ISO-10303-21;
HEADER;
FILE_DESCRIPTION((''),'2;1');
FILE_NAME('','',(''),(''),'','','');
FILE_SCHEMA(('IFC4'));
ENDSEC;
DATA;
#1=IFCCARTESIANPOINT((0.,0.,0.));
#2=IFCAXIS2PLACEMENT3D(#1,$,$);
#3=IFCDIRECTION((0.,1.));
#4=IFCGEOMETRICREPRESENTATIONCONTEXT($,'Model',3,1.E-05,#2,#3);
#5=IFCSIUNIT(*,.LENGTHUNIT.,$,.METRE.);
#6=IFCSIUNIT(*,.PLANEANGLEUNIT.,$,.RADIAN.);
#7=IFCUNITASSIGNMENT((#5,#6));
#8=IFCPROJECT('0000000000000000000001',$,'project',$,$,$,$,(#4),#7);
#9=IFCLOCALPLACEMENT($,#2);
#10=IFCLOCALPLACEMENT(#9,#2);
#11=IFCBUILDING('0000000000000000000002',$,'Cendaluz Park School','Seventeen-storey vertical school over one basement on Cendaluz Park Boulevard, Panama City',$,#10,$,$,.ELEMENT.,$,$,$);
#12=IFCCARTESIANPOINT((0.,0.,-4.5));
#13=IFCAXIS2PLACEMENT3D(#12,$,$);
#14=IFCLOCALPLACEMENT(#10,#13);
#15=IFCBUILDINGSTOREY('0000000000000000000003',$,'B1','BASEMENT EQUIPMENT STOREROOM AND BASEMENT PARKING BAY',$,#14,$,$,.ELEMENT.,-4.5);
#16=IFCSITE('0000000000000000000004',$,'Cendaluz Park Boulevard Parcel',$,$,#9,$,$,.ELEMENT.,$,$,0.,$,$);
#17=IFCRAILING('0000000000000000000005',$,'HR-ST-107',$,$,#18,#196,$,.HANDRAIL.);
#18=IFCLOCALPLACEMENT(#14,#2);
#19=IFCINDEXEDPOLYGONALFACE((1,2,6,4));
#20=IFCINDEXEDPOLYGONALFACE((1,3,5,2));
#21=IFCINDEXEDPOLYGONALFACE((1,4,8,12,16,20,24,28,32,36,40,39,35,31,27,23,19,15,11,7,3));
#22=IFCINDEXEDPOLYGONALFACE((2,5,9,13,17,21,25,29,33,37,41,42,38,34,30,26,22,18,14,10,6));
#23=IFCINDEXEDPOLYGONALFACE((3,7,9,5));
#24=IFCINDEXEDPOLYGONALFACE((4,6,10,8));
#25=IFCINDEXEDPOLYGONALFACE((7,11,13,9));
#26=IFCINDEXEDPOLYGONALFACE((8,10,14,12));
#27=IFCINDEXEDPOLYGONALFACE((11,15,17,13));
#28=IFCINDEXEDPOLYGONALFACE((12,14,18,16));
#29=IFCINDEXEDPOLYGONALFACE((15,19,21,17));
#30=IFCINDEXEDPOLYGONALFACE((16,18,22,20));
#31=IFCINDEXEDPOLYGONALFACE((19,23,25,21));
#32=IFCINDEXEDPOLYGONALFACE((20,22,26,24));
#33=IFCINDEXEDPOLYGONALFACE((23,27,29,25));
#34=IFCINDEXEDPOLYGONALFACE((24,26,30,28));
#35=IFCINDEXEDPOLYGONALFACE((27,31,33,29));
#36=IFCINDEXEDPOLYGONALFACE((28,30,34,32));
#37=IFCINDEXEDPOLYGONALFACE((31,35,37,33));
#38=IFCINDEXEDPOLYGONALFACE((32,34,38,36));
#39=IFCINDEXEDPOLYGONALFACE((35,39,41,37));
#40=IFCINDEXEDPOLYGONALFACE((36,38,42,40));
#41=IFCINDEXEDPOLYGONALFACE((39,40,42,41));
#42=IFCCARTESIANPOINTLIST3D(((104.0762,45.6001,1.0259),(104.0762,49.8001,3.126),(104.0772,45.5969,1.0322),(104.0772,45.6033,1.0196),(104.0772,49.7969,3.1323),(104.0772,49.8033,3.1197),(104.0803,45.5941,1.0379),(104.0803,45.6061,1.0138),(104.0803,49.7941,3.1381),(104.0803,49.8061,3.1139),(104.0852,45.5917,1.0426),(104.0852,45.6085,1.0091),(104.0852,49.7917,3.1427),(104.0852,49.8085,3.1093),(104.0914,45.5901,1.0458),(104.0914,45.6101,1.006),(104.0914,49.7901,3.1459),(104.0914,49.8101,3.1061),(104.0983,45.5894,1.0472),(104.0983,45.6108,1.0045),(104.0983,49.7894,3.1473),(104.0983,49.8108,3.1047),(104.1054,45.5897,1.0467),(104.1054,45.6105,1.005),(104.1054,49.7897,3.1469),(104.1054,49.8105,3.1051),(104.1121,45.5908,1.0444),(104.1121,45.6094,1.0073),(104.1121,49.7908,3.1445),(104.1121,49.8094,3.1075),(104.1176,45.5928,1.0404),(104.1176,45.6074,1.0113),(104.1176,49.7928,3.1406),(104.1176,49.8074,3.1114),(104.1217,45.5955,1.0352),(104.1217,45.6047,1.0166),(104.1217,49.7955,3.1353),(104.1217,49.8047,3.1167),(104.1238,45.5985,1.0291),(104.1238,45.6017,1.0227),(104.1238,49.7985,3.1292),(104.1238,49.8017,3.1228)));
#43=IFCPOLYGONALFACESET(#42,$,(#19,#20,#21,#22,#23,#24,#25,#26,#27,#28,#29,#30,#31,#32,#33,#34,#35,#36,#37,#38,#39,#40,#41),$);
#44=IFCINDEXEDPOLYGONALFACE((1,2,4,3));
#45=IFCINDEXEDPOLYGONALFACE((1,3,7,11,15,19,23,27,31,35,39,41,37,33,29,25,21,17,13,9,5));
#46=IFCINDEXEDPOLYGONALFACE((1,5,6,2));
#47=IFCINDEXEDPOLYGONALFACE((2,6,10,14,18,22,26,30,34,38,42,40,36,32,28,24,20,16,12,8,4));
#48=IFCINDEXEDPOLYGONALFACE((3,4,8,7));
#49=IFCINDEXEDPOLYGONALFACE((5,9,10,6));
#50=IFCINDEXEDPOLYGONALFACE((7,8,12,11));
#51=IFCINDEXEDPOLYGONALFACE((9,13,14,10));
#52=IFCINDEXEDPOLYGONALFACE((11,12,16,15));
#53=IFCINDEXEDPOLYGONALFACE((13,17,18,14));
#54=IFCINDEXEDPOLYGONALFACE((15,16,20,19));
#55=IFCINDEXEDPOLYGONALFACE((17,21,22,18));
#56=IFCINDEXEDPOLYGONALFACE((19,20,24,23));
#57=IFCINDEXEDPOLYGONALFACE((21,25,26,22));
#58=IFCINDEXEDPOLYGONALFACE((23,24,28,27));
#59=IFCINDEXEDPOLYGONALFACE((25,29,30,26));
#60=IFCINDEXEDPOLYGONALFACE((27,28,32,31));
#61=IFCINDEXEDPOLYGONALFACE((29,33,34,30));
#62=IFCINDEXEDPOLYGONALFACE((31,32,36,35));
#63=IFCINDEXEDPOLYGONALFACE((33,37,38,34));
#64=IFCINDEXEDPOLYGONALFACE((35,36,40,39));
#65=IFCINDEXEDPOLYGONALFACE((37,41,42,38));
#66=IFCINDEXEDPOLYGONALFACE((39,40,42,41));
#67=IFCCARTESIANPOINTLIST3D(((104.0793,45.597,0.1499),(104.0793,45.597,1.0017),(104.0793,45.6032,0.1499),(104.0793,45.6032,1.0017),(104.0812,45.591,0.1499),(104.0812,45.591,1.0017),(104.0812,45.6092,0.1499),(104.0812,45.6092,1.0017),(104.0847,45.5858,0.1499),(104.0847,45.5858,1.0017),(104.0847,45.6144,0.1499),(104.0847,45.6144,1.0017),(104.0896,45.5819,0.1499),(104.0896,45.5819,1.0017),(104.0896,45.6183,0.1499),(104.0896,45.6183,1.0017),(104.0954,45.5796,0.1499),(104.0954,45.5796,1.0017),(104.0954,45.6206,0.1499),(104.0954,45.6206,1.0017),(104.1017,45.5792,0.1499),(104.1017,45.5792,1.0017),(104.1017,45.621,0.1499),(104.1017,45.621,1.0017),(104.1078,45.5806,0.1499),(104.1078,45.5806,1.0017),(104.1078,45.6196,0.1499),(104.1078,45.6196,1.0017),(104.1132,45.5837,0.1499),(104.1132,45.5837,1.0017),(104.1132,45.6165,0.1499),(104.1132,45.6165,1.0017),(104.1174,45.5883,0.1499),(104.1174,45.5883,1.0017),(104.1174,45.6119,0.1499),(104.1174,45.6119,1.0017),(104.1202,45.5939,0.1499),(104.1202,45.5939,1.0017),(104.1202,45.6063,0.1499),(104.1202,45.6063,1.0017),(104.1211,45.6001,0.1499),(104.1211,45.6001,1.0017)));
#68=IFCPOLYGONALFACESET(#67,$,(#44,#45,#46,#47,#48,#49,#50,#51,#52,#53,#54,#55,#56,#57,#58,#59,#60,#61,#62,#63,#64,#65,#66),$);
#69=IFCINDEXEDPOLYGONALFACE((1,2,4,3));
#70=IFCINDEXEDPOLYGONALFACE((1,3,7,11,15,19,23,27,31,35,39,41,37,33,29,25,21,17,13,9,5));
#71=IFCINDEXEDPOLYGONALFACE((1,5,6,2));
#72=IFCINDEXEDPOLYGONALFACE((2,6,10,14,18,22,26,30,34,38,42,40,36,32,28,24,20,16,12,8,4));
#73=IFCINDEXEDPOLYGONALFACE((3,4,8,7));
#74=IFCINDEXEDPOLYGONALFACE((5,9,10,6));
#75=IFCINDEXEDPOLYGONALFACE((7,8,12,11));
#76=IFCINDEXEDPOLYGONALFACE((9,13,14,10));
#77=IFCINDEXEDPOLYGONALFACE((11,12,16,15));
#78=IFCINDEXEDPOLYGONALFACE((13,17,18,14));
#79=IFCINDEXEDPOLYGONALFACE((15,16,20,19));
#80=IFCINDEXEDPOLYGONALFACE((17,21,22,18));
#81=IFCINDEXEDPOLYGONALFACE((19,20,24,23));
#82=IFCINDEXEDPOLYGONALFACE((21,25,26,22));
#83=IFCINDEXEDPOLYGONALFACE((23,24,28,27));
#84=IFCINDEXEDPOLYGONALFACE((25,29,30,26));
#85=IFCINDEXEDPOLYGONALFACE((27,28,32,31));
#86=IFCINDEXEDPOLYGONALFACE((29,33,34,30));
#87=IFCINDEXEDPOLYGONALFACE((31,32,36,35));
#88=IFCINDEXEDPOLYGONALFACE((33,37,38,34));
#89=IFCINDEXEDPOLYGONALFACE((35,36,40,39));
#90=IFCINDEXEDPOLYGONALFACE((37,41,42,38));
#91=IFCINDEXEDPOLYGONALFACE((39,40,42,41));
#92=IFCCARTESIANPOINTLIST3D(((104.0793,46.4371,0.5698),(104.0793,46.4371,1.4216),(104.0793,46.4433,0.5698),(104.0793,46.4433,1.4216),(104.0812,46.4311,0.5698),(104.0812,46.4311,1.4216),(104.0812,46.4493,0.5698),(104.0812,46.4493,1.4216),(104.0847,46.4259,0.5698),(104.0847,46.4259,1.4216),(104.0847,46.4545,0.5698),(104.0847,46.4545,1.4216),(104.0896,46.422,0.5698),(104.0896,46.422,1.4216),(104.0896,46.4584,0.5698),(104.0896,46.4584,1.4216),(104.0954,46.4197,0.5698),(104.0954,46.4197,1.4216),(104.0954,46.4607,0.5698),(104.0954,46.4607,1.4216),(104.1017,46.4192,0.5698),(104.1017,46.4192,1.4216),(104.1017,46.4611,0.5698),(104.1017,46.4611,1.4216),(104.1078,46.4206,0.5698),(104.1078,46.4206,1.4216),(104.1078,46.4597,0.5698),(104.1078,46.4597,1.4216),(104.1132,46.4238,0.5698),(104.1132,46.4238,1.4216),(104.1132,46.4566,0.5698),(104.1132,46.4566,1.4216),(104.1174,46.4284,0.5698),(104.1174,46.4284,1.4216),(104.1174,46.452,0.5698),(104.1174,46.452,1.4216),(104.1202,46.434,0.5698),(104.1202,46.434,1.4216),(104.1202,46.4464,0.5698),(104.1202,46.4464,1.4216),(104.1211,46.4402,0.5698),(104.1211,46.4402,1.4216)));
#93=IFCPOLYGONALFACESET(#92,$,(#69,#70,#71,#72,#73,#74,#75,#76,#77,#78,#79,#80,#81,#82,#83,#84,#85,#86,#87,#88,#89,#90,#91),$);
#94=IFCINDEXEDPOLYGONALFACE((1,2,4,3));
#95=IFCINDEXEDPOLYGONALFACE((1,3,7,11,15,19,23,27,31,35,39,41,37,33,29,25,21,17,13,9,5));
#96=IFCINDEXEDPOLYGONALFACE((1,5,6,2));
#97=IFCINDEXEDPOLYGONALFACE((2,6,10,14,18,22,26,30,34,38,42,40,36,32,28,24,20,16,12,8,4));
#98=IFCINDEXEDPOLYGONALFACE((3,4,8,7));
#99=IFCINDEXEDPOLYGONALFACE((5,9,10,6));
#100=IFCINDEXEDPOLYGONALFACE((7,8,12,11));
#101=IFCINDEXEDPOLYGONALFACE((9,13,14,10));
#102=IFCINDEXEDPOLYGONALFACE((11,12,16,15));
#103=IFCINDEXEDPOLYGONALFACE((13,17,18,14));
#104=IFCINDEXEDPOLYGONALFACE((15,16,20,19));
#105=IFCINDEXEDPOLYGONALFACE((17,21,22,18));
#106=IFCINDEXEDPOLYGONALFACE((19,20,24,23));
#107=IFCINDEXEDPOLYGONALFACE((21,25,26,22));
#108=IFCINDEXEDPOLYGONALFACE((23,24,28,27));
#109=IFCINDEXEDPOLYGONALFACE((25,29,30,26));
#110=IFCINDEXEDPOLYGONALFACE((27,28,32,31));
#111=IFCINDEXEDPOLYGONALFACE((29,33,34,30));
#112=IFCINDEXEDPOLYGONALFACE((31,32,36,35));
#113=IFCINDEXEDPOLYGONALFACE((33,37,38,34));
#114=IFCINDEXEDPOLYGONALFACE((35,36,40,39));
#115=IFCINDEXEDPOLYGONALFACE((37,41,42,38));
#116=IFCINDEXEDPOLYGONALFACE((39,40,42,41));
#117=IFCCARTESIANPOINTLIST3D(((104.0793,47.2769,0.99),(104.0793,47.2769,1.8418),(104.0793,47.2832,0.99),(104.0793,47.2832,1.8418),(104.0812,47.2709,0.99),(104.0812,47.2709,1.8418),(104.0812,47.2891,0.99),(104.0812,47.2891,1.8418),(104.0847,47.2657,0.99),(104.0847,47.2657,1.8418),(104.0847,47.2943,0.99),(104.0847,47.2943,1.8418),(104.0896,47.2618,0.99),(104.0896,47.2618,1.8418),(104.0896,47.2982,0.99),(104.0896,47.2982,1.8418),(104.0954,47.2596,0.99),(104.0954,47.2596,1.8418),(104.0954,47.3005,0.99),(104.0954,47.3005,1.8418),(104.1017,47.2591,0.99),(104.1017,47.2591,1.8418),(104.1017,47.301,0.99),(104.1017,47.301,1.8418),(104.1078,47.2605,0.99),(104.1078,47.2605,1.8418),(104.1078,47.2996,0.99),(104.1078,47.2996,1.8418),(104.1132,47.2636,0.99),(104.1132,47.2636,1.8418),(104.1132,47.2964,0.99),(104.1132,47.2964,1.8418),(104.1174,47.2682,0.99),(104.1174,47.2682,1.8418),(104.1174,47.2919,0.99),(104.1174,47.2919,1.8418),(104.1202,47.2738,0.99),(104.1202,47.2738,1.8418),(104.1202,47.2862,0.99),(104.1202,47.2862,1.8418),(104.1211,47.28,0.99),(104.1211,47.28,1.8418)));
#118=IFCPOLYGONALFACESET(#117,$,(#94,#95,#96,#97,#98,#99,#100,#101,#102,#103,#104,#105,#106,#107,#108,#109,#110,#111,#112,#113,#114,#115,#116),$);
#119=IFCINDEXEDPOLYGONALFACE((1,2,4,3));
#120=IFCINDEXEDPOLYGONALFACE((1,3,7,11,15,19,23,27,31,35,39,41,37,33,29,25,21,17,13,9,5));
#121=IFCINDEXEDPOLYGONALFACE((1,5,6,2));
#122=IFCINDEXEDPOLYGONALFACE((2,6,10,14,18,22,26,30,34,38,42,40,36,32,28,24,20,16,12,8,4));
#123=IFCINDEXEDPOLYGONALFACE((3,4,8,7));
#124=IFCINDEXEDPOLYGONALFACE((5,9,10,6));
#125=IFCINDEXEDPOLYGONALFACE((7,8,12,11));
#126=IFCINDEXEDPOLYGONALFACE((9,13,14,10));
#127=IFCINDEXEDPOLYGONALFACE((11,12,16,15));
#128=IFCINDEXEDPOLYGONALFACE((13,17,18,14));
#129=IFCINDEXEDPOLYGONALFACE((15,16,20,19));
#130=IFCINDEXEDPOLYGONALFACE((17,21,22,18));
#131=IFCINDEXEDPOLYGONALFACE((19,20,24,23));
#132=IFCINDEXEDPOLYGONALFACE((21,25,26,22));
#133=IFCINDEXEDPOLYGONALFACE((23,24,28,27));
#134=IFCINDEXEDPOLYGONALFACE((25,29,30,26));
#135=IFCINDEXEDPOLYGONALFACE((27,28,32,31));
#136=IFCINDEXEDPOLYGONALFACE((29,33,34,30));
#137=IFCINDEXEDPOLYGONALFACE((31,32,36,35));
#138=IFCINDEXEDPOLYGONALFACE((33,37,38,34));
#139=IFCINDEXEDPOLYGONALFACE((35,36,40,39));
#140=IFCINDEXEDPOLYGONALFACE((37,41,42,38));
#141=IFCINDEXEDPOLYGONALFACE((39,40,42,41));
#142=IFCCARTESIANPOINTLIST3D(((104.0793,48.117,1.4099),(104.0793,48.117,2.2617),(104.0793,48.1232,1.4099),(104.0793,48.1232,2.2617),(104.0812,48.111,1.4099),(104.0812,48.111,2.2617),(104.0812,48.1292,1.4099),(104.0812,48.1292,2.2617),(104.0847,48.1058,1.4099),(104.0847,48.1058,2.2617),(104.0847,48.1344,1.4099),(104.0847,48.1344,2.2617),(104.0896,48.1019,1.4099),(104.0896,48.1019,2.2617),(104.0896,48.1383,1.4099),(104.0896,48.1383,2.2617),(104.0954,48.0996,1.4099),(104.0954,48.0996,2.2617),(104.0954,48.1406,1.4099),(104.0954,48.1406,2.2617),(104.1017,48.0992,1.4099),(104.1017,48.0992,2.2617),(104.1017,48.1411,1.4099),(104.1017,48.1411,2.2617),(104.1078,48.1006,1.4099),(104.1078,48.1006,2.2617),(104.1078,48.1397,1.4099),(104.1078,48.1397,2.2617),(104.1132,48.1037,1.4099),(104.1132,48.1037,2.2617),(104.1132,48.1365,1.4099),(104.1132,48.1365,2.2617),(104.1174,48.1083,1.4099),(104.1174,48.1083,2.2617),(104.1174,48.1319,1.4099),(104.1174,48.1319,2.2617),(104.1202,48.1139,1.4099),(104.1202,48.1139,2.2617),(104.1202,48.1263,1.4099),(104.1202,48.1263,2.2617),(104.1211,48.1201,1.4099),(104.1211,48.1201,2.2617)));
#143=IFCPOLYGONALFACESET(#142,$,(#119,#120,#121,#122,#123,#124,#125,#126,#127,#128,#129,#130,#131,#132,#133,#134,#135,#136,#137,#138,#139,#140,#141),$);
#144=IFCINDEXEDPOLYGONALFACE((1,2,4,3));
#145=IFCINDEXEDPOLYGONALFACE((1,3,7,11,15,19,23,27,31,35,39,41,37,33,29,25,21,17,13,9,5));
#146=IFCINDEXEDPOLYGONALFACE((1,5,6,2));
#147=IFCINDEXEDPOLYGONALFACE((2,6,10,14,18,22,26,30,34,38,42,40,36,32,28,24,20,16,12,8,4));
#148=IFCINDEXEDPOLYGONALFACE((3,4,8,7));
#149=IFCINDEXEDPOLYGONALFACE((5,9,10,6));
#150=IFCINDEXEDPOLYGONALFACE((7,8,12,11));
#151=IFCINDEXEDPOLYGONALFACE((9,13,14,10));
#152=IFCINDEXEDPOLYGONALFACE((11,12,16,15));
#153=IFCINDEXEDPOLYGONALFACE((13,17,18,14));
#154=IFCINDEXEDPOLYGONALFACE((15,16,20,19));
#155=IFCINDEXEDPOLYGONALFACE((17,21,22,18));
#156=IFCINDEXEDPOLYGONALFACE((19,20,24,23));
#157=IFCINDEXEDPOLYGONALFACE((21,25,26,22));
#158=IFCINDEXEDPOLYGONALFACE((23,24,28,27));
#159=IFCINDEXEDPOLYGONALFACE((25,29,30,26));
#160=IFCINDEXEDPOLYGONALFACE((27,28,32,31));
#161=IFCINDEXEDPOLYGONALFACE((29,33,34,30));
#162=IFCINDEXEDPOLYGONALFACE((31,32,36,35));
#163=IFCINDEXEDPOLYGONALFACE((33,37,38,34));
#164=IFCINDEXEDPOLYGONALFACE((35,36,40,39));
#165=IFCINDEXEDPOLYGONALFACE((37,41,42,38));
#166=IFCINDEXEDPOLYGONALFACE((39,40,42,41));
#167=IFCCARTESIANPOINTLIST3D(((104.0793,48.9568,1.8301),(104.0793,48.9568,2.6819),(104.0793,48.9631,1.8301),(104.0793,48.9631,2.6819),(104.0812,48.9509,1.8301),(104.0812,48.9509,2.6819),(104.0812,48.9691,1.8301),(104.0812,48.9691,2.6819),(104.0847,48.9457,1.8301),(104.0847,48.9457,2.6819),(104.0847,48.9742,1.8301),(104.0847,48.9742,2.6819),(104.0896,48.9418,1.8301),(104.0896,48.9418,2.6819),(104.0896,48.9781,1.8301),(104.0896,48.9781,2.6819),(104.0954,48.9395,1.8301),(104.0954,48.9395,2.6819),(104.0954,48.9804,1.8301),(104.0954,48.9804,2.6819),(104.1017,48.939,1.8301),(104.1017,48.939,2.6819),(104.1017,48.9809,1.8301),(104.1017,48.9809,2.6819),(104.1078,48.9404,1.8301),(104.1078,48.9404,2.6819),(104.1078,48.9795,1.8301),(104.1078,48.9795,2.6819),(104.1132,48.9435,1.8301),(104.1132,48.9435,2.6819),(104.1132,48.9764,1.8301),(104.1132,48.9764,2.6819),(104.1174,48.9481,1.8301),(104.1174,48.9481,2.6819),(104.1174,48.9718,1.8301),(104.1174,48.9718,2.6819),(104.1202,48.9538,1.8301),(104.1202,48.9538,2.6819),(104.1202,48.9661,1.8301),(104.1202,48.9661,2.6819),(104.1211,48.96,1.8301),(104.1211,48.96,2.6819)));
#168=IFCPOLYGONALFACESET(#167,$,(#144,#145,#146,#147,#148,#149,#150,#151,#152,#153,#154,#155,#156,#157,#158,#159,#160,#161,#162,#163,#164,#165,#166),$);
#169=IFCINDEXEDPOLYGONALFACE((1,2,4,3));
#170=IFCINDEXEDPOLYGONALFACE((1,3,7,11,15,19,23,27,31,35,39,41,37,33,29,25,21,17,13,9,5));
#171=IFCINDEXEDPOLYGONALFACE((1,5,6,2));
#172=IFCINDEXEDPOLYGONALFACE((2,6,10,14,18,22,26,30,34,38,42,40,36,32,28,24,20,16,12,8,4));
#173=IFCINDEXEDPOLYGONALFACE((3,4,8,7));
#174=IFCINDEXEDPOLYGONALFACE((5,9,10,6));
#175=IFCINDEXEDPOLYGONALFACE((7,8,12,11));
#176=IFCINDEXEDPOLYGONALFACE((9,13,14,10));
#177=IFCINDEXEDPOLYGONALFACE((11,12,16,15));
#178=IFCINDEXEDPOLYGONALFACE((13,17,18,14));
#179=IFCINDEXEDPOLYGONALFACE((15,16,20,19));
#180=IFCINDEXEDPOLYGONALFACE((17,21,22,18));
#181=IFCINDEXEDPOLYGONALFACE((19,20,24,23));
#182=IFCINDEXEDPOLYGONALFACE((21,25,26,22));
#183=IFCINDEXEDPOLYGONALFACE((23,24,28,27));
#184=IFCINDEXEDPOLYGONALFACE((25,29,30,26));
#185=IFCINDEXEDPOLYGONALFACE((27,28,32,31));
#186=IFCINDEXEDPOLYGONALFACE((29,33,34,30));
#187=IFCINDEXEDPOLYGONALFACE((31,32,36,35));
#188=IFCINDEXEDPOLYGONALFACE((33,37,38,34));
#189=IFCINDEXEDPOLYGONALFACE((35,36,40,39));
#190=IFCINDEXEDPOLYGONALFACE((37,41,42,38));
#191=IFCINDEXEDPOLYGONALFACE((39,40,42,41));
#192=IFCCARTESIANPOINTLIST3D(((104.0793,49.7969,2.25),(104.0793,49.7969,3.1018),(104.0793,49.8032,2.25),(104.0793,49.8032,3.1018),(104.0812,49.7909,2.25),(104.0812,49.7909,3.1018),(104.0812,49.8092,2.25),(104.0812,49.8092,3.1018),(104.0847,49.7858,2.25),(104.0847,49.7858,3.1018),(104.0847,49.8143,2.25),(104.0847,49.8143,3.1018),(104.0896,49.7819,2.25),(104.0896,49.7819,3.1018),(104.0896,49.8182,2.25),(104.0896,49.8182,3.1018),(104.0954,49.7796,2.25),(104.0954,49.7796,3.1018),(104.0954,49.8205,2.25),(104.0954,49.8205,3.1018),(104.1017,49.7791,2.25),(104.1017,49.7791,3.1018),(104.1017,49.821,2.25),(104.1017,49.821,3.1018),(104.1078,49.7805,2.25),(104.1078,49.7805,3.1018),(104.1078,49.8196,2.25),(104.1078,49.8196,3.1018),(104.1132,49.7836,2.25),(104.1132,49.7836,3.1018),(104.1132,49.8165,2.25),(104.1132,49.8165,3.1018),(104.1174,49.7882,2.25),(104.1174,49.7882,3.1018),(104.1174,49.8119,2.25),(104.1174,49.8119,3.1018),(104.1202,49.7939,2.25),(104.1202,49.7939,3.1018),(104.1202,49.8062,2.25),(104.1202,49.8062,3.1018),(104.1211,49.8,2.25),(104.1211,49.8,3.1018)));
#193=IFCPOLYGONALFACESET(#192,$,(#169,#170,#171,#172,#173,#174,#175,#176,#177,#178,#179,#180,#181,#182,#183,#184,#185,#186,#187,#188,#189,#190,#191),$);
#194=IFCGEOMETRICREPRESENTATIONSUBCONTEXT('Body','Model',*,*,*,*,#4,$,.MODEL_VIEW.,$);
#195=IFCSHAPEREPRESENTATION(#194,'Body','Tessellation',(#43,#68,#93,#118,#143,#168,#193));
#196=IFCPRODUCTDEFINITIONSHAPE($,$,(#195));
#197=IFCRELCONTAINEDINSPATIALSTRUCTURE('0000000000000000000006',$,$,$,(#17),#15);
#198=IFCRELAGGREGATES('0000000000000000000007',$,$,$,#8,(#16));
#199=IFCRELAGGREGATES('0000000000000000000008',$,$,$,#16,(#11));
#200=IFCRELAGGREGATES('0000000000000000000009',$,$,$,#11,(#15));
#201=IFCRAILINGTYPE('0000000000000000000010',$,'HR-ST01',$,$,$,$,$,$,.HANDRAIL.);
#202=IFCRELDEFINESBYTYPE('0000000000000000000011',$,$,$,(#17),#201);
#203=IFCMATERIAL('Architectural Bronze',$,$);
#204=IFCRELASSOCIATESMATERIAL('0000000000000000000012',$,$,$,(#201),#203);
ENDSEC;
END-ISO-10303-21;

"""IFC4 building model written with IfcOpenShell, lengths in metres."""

from ifc_helpers import new_model, si_unit, direction, frame, origin, origin_2d, place, context, subcontext, project, spatial, circle, extrude, material, type_object, element, save


model = new_model("IFC4")

# Units and contexts
model_context = context("Model", 3, precision=1e-05, world=origin(), true_north=direction((0.0, 1.0)))
body_context = subcontext(model_context, "Body", "Model", "MODEL_VIEW")
ifc_project = project(units=[si_unit("LENGTHUNIT", "METRE"), si_unit("PLANEANGLEUNIT", "RADIAN")], contexts=[model_context])

# Site, building, storey
site_placement = place(None, origin())
site = spatial("IfcSite", under=ifc_project, at=site_placement, Name="Cendaluz Park Boulevard Parcel", CompositionType="ELEMENT", RefElevation=0.0)
building_placement = place(site_placement, origin())
building = spatial("IfcBuilding", under=site, at=building_placement, Name="Cendaluz Park School", Description="Seventeen-storey vertical school over one basement on Cendaluz Park Boulevard, Panama City", CompositionType="ELEMENT")
storey_placement = place(building_placement, frame((0.0, 0.0, -4.5)))
storey = spatial("IfcBuildingStorey", under=building, at=storey_placement, Name="B1", Description="BASEMENT EQUIPMENT STOREROOM AND BASEMENT PARKING BAY", CompositionType="ELEMENT", Elevation=-4.5)

# Railing
ifc_material_1 = material(Name="Architectural Bronze")
railing_type_1 = type_object("IfcRailingType", Name="HR-ST01", PredefinedType="HANDRAIL", material=ifc_material_1)
railing_1_placement = place(storey_placement, frame((104.1001, 45.6001, 0.1499)))
element("IfcRailing", 1, at=railing_1_placement, inside=storey, type_object=railing_type_1, Name="HR-ST-107", PredefinedType="HANDRAIL", context=body_context, shape_type="SweptSolid", body=[
    extrude(circle(Radius=0.0239, at=origin_2d()), frame((0.0, 0.0, 0.876), z_axis=(0.0, 0.894417, 0.447234), x_axis=(-1.0, 0.0, 0.0)), (0.0, 0.0, 1.0), 4.6958),
    extrude(circle(Radius=0.021, at=origin_2d()), origin(), (0.0, 0.0, 1.0), 0.8518),
    extrude(circle(Radius=0.021, at=origin_2d()), frame((0.0, 0.8401, 0.4199)), (0.0, 0.0, 1.0), 0.8518),
    extrude(circle(Radius=0.021, at=origin_2d()), frame((0.0, 1.6799, 0.8401)), (0.0, 0.0, 1.0), 0.8518),
    extrude(circle(Radius=0.021, at=origin_2d()), frame((0.0, 2.52, 1.26)), (0.0, 0.0, 1.0), 0.8518),
    extrude(circle(Radius=0.021, at=origin_2d()), frame((0.0, 3.3599, 1.6802)), (0.0, 0.0, 1.0), 0.8518),
    extrude(circle(Radius=0.021, at=origin_2d()), frame((0.0, 4.2, 2.1001)), (0.0, 0.0, 1.0), 0.8518),
])

save(model, "model.ifc")
